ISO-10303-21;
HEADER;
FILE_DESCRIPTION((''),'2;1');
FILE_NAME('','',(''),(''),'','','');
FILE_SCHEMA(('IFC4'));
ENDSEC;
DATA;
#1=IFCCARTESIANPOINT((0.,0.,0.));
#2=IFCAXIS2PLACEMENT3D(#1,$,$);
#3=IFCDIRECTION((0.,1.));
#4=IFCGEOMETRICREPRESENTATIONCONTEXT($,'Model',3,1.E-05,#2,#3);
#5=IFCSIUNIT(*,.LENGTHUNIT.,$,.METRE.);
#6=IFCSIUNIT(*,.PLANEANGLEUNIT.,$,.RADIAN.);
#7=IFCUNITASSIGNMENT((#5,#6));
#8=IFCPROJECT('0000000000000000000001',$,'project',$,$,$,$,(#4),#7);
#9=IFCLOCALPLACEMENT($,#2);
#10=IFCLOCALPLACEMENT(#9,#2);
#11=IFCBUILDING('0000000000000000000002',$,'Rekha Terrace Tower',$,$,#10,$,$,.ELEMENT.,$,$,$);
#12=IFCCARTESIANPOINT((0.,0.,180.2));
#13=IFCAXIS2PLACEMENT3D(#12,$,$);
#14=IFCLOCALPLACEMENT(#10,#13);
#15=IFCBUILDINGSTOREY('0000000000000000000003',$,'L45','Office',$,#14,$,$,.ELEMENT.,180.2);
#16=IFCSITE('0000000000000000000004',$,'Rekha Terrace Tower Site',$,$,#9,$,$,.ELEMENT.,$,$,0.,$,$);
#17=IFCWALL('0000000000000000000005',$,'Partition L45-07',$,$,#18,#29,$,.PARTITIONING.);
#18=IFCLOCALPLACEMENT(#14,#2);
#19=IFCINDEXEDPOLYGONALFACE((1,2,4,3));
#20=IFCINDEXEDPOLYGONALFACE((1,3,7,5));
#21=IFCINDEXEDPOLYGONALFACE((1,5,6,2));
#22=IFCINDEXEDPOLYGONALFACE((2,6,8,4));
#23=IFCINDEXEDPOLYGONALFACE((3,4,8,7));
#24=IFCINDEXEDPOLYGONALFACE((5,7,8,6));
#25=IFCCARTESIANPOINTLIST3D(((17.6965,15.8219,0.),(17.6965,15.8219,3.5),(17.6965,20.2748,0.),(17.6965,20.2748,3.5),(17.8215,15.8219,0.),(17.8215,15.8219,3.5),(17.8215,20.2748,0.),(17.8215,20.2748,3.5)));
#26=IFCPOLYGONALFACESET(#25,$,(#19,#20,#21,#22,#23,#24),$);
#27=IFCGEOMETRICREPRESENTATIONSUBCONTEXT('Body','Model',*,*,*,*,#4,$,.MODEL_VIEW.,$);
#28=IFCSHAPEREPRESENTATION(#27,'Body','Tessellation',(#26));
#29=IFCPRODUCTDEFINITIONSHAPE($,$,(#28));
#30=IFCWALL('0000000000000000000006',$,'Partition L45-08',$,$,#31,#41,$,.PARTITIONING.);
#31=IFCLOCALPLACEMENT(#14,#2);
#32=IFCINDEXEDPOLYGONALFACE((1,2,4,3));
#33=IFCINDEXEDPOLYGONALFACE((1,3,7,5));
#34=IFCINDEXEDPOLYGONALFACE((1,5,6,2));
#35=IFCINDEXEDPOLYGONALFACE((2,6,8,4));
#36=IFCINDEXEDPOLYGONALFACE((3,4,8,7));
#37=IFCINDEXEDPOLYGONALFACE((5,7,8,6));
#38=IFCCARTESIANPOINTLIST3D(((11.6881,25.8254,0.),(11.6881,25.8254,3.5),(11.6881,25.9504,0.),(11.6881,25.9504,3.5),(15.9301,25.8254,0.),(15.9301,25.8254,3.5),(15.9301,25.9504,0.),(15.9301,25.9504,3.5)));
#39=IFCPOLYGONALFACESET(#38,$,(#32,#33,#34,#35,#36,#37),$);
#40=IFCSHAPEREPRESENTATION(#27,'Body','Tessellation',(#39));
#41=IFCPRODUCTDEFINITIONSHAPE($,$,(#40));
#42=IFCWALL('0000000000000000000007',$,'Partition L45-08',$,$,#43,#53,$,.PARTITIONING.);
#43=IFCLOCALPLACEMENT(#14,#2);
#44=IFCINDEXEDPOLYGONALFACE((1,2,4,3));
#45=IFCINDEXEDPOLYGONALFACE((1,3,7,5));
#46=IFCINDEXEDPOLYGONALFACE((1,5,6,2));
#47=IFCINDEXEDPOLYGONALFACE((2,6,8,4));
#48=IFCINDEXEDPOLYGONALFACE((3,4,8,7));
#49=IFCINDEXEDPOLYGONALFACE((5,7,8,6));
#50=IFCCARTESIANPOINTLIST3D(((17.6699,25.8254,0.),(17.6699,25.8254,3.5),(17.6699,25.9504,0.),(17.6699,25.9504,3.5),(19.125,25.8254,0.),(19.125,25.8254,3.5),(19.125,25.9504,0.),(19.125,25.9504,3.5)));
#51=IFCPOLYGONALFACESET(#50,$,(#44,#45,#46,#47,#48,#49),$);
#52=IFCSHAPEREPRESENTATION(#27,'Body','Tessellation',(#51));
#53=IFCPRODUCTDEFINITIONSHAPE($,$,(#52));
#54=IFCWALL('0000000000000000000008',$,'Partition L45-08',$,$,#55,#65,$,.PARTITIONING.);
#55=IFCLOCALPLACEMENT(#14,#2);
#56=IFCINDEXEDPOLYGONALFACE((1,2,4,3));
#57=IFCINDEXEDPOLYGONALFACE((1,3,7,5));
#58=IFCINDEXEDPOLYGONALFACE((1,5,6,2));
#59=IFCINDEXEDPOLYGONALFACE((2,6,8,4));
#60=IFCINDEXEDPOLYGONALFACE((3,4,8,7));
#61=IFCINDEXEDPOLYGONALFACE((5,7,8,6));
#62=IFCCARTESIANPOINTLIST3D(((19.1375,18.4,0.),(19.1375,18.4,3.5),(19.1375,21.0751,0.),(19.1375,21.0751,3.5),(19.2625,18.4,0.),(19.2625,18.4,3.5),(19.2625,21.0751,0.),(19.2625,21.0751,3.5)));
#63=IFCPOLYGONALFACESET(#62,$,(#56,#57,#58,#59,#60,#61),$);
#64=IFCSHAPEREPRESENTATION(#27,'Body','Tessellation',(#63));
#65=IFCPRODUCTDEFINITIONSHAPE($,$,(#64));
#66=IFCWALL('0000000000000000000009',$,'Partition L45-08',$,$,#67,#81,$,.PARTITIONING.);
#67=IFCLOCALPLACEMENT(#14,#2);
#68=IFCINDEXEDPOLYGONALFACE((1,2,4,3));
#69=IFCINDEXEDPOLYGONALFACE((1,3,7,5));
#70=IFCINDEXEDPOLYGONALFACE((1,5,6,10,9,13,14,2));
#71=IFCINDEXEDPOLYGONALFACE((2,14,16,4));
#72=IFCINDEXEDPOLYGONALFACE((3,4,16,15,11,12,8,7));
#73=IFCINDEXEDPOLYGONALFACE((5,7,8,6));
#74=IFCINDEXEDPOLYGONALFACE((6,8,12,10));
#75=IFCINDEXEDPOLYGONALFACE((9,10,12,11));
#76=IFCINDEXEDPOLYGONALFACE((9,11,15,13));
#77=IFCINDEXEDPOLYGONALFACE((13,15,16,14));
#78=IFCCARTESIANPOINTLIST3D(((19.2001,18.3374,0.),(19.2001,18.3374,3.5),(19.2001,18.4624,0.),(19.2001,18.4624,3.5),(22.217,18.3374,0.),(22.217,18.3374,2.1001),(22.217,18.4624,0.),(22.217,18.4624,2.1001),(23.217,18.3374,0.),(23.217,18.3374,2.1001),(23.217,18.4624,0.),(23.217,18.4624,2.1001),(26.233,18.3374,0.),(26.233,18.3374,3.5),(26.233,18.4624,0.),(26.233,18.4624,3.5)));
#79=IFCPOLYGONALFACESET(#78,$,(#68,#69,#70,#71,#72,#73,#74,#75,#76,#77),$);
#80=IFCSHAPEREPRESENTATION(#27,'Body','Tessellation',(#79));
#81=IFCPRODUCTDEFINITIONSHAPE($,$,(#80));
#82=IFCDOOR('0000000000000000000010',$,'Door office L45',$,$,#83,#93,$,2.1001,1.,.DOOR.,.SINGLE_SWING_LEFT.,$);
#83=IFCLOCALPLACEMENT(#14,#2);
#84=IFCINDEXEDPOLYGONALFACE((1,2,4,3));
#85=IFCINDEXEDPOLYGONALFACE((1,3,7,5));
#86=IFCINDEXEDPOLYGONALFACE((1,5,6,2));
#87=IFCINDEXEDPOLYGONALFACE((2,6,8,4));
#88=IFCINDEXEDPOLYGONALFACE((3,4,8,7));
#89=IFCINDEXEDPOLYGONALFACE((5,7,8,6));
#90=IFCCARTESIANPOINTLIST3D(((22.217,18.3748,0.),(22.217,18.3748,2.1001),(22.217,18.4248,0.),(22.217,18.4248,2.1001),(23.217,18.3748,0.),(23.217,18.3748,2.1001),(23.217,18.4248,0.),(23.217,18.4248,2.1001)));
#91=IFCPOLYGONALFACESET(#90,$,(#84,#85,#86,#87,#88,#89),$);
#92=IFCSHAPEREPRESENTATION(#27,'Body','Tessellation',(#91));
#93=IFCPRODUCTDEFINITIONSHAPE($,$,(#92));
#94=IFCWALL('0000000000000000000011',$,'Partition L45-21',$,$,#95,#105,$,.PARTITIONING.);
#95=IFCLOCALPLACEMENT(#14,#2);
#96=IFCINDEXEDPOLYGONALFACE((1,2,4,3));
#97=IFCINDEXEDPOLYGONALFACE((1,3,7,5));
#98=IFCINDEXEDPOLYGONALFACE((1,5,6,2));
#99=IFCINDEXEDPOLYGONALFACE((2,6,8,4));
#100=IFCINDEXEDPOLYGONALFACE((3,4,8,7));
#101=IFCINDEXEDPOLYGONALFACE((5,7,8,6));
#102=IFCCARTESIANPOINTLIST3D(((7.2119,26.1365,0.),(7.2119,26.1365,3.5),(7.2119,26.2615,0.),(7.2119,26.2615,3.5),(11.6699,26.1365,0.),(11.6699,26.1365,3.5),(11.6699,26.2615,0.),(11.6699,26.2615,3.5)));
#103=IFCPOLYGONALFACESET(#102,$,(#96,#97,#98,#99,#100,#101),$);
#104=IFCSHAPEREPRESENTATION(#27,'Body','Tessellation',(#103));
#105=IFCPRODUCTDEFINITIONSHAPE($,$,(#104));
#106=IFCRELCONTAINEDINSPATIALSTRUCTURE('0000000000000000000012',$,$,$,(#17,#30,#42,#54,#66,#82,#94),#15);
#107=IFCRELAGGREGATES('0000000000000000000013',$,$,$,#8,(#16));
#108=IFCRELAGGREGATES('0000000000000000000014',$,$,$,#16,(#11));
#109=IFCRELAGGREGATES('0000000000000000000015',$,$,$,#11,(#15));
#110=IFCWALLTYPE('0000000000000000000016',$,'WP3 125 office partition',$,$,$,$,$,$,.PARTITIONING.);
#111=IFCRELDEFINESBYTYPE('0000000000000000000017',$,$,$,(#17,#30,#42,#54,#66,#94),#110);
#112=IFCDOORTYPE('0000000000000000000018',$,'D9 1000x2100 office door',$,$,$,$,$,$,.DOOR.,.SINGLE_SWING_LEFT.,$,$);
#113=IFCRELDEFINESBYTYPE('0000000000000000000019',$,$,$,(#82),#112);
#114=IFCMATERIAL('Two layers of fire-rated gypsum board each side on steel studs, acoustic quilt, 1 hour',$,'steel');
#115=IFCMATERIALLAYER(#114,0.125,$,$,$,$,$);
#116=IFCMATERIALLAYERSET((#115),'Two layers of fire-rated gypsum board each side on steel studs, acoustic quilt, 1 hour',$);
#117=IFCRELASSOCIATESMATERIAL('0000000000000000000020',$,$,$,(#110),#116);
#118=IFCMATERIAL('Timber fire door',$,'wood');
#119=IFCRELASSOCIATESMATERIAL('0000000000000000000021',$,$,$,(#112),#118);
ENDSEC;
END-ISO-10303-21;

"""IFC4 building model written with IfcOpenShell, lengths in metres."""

from ifc_helpers import new_model, si_unit, direction, frame, frame_2d, origin, place, context, subcontext, project, spatial, rectangle, extrude, material, layer, layer_set, type_object, element, fill, save


model = new_model("IFC4")

# Units and contexts
model_context = context("Model", 3, precision=1e-05, world=origin(), true_north=direction((0.0, 1.0)))
body_context = subcontext(model_context, "Body", "Model", "MODEL_VIEW")
ifc_project = project(units=[si_unit("LENGTHUNIT", "METRE"), si_unit("PLANEANGLEUNIT", "RADIAN")], contexts=[model_context])

# Site, building, storey
site_placement = place(None, origin())
site = spatial("IfcSite", under=ifc_project, at=site_placement, Name="Rekha Terrace Tower Site", CompositionType="ELEMENT", RefElevation=0.0)
building_placement = place(site_placement, origin())
building = spatial("IfcBuilding", under=site, at=building_placement, Name="Rekha Terrace Tower", CompositionType="ELEMENT")
storey_placement = place(building_placement, frame((0.0, 0.0, 180.2)))
storey = spatial("IfcBuildingStorey", under=building, at=storey_placement, Name="L45", Description="Office", CompositionType="ELEMENT", Elevation=180.2)

# Shared definitions
ifc_material_1 = material(Name="Two layers of fire-rated gypsum board each side on steel studs, acoustic quilt, 1 hour", Category="steel")
ifc_layer_1 = layer(ifc_material_1, 0.125)
ifc_layer_set_1 = layer_set([ifc_layer_1], Name="Two layers of fire-rated gypsum board each side on steel studs, acoustic quilt, 1 hour")
wall_type_1 = type_object("IfcWallType", Name="WP3 125 office partition", PredefinedType="PARTITIONING", material=ifc_layer_set_1)

# Shared definitions
ifc_material_2 = material(Name="Timber fire door", Category="wood")
door_type_1 = type_object("IfcDoorType", Name="D9 1000x2100 office door", OperationType="SINGLE_SWING_LEFT", PredefinedType="DOOR", material=ifc_material_2)

# Walls
wall_1_placement = place(storey_placement, frame((17.759, 20.2749, 0.0), z_axis=(0.0, 0.0, 1.0), x_axis=(0.0, -1.0, 0.0)))
element("IfcWall", 1, at=wall_1_placement, inside=storey, type_object=wall_type_1, Name="Partition L45-07", PredefinedType="PARTITIONING", context=body_context, shape_type="SweptSolid", body=[
    extrude(rectangle(XDim=4.4529, YDim=0.125, at=frame_2d((2.2266, 0.0))), origin(), (0.0, 0.0, 1.0), 3.5),
])
wall_2_placement = place(storey_placement, frame((11.688, 25.8879, 0.0), z_axis=(0.0, 0.0, 1.0), x_axis=(1.0, 0.0, 0.0)))
element("IfcWall", 2, at=wall_2_placement, inside=storey, type_object=wall_type_1, Name="Partition L45-08", PredefinedType="PARTITIONING", context=body_context, shape_type="SweptSolid", body=[
    extrude(rectangle(XDim=4.2419, YDim=0.125, at=frame_2d((2.1211, 0.0))), origin(), (0.0, 0.0, 1.0), 3.5),
])
wall_3_placement = place(storey_placement, frame((17.6699, 25.8879, 0.0), z_axis=(0.0, 0.0, 1.0), x_axis=(1.0, 0.0, 0.0)))
element("IfcWall", 3, at=wall_3_placement, inside=storey, type_object=wall_type_1, Name="Partition L45-08", PredefinedType="PARTITIONING", context=body_context, shape_type="SweptSolid", body=[
    extrude(rectangle(XDim=1.4551, YDim=0.125, at=frame_2d((0.7275, 0.0))), origin(), (0.0, 0.0, 1.0), 3.5),
])
wall_4_placement = place(storey_placement, frame((19.2, 21.075, 0.0), z_axis=(0.0, 0.0, 1.0), x_axis=(0.0, -1.0, 0.0)))
element("IfcWall", 4, at=wall_4_placement, inside=storey, type_object=wall_type_1, Name="Partition L45-08", PredefinedType="PARTITIONING", context=body_context, shape_type="SweptSolid", body=[
    extrude(rectangle(XDim=2.675, YDim=0.125, at=frame_2d((1.3374, 0.0))), origin(), (0.0, 0.0, 1.0), 3.5),
])

# Wall, opening, door
wall_5_placement = place(storey_placement, frame((19.2, 18.3999, 0.0), z_axis=(0.0, 0.0, 1.0), x_axis=(1.0, 0.0, 0.0)))
wall_5 = element("IfcWall", 5, at=wall_5_placement, inside=storey, type_object=wall_type_1, Name="Partition L45-08", PredefinedType="PARTITIONING", context=body_context, shape_type="SweptSolid", body=[
    extrude(rectangle(XDim=7.033, YDim=0.125, at=frame_2d((3.5166, 0.0))), origin(), (0.0, 0.0, 1.0), 3.5),
])
opening_1_placement = place(wall_5_placement, frame((3.0171, 0.0, 0.0)))
opening_1 = element("IfcOpeningElement", 6, at=opening_1_placement, cuts=wall_5, PredefinedType="OPENING", context=body_context, shape_type="SweptSolid", body=[
    extrude(rectangle(XDim=1.0, YDim=2.1001, at=frame_2d((0.5, 1.05))), frame((0.0, 0.0725, 0.0), z_axis=(0.0, -1.0, 0.0), x_axis=(1.0, 0.0, 0.0)), (0.0, 0.0, 1.0), 0.145),
])
door_1_placement = place(opening_1_placement, origin())
door_1 = element("IfcDoor", 7, at=door_1_placement, inside=storey, type_object=door_type_1, Name="Door office L45", OperationType="SINGLE_SWING_LEFT", OverallHeight=2.1001, OverallWidth=1.0, PredefinedType="DOOR", context=body_context, shape_type="SweptSolid", body=[
    extrude(rectangle(XDim=1.0, YDim=2.1001, at=frame_2d((0.5, 1.05))), frame((0.0, 0.0249, 0.0), z_axis=(0.0, -1.0, 0.0), x_axis=(1.0, 0.0, 0.0)), (0.0, 0.0, 1.0), 0.05),
])
fill(opening_1, door_1)

# Wall
wall_6_placement = place(storey_placement, frame((11.6699, 26.199, 0.0), z_axis=(0.0, 0.0, 1.0), x_axis=(-1.0, 0.0, 0.0)))
element("IfcWall", 8, at=wall_6_placement, inside=storey, type_object=wall_type_1, Name="Partition L45-21", PredefinedType="PARTITIONING", context=body_context, shape_type="SweptSolid", body=[
    extrude(rectangle(XDim=4.458, YDim=0.125, at=frame_2d((2.229, 0.0))), origin(), (0.0, 0.0, 1.0), 3.5),
])

save(model, "model.ifc")
